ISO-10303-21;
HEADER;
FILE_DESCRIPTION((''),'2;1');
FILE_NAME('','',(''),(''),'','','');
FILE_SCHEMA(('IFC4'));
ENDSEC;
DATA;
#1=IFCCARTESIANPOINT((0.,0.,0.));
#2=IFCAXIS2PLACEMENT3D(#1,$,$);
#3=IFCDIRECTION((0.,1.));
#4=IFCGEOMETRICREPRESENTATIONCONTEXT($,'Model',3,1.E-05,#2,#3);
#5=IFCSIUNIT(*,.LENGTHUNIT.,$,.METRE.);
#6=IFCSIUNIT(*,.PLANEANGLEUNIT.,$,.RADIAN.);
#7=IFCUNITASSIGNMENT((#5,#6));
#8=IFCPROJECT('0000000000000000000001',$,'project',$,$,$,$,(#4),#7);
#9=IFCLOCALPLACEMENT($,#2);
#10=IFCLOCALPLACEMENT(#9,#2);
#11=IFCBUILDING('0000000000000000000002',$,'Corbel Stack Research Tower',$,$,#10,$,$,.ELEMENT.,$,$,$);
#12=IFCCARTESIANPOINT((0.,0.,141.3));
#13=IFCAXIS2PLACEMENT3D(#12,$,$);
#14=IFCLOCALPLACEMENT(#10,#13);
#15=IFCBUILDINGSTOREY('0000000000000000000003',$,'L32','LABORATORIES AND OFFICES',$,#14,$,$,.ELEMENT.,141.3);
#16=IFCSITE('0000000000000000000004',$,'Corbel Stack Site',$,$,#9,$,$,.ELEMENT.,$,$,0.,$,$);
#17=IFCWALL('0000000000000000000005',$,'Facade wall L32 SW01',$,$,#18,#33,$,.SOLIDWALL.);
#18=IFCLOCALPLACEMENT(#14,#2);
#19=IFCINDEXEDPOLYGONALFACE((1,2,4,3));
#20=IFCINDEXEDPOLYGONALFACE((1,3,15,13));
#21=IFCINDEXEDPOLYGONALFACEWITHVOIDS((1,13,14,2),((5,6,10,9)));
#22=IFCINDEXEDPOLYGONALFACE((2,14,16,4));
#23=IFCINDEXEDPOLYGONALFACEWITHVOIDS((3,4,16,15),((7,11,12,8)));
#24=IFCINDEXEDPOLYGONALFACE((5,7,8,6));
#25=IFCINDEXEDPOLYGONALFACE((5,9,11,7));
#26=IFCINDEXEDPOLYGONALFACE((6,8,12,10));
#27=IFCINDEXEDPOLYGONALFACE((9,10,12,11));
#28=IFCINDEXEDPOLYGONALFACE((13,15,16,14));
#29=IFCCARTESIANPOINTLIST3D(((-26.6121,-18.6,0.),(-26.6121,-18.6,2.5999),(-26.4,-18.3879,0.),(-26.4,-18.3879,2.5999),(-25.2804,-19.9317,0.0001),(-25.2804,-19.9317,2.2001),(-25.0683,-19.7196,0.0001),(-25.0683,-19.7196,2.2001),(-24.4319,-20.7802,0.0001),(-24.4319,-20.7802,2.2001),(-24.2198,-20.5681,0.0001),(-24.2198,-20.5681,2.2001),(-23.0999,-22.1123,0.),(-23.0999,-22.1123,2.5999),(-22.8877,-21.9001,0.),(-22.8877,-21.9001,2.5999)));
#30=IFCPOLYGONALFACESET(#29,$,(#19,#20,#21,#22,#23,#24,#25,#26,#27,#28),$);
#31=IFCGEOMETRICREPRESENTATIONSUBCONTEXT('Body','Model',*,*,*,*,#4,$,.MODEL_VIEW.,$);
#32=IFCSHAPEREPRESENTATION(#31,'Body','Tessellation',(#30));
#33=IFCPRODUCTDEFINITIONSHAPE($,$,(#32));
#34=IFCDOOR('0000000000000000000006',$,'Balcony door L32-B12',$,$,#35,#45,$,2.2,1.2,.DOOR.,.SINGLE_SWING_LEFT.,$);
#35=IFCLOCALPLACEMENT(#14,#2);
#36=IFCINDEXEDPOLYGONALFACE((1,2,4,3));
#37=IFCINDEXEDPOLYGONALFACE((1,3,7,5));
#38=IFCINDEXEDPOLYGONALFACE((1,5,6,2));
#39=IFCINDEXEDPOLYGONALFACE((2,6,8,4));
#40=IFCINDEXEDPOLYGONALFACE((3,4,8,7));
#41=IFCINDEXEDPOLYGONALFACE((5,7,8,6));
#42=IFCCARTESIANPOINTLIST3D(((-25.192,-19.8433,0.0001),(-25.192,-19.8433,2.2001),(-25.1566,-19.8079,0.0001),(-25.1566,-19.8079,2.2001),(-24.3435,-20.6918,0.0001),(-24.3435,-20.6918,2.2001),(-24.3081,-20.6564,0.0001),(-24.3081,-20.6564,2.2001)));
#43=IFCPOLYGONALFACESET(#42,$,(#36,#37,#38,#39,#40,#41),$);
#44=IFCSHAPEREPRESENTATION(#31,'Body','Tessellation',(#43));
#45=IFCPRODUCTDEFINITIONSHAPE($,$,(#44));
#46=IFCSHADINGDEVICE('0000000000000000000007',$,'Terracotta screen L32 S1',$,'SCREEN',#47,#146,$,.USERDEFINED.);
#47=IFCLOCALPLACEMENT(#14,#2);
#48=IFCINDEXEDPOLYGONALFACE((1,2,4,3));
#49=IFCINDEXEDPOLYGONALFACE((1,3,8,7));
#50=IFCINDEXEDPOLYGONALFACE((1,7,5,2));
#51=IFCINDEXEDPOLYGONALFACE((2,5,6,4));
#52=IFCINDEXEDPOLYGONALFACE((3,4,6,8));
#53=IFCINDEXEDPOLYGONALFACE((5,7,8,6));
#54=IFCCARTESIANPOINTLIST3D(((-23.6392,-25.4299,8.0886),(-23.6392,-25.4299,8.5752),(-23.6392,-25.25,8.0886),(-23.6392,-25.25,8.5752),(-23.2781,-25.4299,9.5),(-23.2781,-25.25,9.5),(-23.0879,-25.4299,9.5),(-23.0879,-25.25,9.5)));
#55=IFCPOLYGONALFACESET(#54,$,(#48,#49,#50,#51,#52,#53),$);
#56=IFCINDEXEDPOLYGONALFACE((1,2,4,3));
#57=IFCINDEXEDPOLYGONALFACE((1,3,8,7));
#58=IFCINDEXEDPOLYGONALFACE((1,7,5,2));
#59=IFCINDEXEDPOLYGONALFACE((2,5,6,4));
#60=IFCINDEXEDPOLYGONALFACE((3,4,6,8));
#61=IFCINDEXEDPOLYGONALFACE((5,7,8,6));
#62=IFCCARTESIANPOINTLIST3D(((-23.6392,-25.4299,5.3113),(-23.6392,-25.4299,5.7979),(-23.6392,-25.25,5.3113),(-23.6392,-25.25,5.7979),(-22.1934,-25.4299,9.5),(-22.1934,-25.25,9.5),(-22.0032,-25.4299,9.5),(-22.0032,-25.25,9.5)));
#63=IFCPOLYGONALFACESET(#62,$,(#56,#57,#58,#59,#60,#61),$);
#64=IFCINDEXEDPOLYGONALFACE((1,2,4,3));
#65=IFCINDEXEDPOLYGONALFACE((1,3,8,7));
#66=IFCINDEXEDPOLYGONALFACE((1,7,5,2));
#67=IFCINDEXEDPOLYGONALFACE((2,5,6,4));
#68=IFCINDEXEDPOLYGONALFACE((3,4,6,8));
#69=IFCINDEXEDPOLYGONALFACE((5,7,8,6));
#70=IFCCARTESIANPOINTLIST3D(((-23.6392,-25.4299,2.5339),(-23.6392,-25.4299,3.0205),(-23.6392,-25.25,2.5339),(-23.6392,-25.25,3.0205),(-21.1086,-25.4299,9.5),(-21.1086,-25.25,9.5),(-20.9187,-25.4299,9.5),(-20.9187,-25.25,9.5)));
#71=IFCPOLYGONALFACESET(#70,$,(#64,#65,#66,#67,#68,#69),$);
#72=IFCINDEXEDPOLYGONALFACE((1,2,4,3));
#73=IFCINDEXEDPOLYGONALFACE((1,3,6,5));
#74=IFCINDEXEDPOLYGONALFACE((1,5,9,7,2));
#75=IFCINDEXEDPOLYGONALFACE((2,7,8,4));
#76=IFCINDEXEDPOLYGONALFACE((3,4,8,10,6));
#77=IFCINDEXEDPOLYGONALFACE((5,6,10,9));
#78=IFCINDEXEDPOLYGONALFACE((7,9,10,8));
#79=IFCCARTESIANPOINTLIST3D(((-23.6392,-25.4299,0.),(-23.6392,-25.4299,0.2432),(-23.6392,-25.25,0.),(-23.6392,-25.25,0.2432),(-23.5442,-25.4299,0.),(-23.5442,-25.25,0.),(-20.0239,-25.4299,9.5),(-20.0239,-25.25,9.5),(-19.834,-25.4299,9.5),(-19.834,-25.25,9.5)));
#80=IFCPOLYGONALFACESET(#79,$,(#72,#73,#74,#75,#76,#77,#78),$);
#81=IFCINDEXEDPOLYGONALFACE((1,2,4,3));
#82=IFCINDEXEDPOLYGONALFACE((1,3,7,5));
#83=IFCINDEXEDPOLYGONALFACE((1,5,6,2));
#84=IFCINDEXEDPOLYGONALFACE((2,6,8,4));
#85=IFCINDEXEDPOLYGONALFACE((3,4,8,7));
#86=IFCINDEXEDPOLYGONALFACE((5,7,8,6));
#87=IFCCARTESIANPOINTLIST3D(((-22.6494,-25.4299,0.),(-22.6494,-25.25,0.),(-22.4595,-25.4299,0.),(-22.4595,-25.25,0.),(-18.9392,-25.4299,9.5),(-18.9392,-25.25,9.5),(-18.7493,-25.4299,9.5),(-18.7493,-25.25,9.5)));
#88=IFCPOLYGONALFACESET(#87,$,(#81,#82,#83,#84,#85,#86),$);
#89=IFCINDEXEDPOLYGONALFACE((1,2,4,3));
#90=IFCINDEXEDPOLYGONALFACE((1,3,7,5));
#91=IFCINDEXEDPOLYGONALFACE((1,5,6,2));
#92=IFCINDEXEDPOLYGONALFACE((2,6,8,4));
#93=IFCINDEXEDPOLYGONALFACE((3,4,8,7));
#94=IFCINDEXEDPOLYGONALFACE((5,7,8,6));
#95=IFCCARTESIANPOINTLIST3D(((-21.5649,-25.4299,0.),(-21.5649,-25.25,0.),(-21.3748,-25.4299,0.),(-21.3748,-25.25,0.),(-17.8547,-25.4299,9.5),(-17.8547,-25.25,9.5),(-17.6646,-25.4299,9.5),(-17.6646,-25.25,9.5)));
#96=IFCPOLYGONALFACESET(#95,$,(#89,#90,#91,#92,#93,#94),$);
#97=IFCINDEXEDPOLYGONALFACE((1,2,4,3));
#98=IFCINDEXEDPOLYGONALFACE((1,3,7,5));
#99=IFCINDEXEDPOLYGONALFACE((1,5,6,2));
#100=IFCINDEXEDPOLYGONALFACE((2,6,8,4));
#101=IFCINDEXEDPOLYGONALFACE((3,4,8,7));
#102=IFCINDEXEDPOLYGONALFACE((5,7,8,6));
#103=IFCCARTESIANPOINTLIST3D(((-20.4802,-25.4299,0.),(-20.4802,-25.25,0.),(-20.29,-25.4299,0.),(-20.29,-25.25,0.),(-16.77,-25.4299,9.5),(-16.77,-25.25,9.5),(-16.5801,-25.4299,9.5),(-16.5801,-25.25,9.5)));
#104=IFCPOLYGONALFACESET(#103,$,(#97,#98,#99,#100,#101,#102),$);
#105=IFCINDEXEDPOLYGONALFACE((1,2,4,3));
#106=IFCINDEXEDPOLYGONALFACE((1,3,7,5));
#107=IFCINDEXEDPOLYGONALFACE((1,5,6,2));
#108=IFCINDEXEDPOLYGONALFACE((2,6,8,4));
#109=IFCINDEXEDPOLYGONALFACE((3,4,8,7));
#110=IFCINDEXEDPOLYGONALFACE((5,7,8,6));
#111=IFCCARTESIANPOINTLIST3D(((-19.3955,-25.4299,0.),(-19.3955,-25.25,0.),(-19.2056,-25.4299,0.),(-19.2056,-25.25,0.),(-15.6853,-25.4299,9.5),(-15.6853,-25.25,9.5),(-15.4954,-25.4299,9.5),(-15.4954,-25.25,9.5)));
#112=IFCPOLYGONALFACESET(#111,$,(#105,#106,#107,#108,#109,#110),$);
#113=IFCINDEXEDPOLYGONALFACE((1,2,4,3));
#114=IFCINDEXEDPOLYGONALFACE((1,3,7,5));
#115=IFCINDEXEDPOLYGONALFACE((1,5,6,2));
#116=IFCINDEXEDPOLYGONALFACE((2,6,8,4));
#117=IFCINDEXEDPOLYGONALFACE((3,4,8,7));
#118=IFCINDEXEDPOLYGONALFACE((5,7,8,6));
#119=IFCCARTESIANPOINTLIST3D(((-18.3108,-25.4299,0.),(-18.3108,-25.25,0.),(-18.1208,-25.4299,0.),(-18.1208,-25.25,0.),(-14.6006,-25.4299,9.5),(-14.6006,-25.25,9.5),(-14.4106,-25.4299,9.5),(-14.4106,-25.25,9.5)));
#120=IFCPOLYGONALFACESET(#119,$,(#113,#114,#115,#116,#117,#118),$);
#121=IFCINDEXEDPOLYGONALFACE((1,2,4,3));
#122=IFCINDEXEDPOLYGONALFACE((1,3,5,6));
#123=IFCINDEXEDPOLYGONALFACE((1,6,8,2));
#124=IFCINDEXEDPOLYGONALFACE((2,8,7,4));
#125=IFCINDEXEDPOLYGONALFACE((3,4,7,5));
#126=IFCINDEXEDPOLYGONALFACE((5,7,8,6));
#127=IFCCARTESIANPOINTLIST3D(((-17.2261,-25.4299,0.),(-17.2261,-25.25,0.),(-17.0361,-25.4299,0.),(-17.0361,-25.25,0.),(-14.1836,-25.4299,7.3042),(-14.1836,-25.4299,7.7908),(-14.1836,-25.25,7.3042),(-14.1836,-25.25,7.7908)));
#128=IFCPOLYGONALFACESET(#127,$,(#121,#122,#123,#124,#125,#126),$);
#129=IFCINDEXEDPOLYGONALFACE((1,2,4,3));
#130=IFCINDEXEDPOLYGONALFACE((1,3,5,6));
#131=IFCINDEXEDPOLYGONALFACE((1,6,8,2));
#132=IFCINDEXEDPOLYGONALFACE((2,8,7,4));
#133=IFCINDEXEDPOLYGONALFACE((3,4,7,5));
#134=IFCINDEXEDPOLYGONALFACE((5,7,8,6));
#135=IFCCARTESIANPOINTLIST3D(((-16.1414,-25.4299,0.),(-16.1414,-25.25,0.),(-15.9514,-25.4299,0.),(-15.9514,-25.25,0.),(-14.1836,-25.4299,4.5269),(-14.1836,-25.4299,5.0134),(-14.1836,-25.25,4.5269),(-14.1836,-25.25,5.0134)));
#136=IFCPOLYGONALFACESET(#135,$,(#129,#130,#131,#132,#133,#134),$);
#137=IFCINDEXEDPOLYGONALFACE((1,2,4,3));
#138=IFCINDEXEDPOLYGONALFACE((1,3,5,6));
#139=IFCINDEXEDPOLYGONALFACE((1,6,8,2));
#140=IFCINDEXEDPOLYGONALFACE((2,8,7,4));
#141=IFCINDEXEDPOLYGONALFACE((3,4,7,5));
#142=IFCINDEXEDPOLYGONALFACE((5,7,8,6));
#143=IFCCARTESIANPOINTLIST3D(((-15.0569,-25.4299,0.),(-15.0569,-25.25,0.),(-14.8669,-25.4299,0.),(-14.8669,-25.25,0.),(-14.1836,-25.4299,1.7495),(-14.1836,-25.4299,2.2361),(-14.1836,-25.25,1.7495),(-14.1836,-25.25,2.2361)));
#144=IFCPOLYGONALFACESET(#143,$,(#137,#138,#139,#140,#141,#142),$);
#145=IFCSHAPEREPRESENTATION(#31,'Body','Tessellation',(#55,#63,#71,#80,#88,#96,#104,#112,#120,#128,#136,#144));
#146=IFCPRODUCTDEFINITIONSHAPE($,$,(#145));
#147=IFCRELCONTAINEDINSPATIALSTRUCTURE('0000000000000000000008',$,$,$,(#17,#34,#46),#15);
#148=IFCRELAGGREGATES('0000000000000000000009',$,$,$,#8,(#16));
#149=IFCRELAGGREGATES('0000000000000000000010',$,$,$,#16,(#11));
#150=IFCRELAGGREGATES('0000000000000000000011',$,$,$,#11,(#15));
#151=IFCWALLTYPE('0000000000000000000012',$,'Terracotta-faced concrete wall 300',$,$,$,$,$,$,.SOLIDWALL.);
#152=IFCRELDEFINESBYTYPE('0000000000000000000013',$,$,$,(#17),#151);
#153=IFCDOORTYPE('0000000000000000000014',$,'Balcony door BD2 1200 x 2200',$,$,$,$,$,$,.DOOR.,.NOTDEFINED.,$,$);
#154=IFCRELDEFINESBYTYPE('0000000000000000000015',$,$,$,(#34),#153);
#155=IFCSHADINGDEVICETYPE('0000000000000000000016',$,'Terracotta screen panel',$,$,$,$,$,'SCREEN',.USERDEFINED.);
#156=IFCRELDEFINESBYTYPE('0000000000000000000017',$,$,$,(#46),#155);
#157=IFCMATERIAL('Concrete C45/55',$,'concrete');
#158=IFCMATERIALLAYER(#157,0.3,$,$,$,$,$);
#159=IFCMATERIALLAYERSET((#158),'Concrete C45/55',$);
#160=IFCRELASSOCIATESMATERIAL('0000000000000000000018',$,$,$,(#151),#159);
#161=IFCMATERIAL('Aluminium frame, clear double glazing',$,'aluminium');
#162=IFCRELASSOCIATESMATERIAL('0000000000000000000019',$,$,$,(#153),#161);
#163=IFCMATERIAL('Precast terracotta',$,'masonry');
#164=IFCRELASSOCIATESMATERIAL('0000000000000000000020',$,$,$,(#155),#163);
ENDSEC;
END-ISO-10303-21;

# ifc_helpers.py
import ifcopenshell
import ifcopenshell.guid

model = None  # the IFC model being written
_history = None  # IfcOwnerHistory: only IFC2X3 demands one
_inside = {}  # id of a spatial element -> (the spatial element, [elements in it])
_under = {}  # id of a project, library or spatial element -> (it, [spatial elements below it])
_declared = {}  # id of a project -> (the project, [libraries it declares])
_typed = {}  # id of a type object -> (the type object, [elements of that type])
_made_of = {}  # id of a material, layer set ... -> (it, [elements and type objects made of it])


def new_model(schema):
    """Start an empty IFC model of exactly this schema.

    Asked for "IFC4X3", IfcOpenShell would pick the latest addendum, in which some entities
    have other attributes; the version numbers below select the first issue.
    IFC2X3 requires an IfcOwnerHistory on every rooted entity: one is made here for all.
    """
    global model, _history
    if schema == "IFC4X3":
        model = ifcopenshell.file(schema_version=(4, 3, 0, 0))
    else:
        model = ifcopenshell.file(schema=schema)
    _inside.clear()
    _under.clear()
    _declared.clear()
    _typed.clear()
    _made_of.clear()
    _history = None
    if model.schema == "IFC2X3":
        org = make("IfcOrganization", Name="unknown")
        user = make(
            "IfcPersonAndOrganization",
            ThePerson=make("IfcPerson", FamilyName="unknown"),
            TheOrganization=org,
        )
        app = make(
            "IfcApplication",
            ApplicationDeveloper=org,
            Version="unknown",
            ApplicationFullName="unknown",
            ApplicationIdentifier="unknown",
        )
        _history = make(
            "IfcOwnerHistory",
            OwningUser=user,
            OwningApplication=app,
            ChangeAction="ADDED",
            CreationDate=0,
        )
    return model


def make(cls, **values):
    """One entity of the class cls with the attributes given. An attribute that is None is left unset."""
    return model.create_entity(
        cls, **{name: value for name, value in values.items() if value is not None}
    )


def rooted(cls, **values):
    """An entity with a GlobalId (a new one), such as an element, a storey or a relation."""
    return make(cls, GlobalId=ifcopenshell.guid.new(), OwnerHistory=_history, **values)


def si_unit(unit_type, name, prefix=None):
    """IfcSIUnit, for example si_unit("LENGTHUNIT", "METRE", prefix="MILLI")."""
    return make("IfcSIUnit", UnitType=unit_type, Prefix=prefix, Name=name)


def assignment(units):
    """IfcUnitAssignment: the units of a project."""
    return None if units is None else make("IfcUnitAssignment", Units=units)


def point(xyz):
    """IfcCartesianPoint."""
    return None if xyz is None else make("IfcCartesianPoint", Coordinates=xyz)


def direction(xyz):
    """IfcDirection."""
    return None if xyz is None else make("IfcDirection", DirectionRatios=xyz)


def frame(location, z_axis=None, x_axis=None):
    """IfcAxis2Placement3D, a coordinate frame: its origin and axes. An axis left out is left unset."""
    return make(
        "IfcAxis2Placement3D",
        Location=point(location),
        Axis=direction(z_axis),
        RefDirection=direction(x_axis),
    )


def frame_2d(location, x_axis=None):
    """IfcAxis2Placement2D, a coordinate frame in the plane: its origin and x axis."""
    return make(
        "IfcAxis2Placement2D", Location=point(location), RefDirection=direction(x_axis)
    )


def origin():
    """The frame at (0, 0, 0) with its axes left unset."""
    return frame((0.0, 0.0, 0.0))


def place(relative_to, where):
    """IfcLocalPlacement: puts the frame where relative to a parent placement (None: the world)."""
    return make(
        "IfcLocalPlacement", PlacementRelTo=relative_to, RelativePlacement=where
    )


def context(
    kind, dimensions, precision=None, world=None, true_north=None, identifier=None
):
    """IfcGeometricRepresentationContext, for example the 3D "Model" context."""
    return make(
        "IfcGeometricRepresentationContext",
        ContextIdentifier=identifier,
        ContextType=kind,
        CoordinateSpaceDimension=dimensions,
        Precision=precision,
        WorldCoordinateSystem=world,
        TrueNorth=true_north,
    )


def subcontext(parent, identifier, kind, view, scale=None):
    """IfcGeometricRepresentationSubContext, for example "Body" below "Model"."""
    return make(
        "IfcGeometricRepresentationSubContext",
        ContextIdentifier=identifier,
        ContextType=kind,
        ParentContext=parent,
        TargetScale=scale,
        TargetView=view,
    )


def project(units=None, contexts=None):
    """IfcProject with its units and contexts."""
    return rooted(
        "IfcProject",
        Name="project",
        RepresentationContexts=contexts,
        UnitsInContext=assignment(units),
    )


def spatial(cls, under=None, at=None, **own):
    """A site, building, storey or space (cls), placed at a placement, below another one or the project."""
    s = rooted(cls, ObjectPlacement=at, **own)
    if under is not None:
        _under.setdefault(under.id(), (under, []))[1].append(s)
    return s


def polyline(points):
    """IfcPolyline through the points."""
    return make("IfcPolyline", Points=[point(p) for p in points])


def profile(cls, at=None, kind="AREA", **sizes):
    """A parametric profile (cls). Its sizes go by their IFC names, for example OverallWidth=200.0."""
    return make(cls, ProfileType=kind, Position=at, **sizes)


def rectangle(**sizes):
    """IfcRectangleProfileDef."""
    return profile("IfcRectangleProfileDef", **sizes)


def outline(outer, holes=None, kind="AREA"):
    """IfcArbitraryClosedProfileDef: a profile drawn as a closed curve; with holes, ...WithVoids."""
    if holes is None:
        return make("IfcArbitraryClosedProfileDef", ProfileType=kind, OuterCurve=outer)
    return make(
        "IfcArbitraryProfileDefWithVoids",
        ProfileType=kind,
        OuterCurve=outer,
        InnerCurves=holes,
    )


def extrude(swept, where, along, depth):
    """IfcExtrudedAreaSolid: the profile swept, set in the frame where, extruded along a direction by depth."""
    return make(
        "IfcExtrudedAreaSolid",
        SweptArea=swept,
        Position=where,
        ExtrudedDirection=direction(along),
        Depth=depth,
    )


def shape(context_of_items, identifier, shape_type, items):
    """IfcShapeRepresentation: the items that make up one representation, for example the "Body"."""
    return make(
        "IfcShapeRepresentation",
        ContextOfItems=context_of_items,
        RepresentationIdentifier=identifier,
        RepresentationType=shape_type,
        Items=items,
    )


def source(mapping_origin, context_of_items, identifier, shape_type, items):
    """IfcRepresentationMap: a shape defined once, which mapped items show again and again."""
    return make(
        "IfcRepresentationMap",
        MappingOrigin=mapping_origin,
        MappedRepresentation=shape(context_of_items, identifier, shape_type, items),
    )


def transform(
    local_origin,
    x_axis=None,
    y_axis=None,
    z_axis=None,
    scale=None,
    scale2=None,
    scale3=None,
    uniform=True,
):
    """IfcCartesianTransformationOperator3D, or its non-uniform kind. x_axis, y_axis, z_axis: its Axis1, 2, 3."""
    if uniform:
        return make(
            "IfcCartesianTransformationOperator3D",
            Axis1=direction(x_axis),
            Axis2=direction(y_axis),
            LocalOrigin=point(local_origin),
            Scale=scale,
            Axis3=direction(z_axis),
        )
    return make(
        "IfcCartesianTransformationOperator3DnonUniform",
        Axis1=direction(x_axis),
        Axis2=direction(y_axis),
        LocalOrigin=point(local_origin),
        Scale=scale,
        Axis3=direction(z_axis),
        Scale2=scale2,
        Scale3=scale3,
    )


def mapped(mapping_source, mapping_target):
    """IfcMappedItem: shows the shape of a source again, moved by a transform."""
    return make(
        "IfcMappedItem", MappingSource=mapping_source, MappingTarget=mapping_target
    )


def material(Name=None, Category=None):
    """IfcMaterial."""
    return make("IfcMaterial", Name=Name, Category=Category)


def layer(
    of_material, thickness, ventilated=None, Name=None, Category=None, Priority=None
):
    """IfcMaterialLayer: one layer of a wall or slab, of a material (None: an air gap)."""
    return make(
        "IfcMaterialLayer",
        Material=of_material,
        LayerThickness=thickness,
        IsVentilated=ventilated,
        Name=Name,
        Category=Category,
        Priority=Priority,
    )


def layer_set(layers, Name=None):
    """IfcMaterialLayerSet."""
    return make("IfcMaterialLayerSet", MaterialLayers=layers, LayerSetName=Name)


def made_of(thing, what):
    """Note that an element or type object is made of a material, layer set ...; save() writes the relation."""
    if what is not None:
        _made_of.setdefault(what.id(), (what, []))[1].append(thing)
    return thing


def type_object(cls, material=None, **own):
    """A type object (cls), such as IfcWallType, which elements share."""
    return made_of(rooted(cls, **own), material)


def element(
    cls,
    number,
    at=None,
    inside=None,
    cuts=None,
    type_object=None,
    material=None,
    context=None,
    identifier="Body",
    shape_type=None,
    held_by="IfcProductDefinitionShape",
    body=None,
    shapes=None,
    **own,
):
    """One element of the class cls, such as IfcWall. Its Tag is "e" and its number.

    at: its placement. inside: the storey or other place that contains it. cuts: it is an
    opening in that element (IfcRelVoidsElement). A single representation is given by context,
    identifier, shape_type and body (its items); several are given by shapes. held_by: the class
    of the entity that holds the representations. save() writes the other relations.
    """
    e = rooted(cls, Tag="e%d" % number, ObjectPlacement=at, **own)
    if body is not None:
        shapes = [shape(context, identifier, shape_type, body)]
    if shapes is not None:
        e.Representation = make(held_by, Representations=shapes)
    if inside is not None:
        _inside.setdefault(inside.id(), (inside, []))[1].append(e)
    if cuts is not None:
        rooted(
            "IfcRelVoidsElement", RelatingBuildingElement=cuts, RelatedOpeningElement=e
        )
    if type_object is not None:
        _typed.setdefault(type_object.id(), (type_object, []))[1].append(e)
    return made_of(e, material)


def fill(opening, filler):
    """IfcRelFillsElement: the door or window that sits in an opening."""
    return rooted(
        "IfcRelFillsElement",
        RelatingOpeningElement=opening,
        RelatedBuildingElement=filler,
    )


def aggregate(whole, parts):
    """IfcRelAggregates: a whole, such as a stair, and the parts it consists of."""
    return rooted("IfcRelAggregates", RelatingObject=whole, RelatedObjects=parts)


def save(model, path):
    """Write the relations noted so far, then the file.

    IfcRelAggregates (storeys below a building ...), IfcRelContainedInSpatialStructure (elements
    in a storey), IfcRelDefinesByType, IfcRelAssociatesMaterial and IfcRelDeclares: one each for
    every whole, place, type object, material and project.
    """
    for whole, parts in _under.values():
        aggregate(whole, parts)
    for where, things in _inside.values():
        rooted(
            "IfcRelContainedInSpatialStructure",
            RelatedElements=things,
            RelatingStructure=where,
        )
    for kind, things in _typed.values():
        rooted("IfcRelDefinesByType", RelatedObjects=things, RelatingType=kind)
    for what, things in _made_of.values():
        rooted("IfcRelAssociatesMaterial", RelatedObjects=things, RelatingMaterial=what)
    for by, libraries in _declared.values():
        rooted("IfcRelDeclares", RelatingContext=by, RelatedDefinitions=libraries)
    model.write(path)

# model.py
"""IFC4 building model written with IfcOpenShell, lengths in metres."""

from ifc_helpers import new_model, si_unit, direction, frame, frame_2d, origin, place, context, subcontext, project, spatial, polyline, rectangle, outline, extrude, source, transform, mapped, material, layer, layer_set, type_object, element, fill, save


model = new_model("IFC4")

# Units and contexts
model_context = context("Model", 3, precision=1e-05, world=origin(), true_north=direction((0.0, 1.0)))
body_context = subcontext(model_context, "Body", "Model", "MODEL_VIEW")
ifc_project = project(units=[si_unit("LENGTHUNIT", "METRE"), si_unit("PLANEANGLEUNIT", "RADIAN")], contexts=[model_context])

# Site, building, storey
site_placement = place(None, origin())
site = spatial("IfcSite", under=ifc_project, at=site_placement, Name="Corbel Stack Site", CompositionType="ELEMENT", RefElevation=0.0)
building_placement = place(site_placement, origin())
building = spatial("IfcBuilding", under=site, at=building_placement, Name="Corbel Stack Research Tower", CompositionType="ELEMENT")
storey_placement = place(building_placement, frame((0.0, 0.0, 141.3)))
storey = spatial("IfcBuildingStorey", under=building, at=storey_placement, Name="L32", Description="LABORATORIES AND OFFICES", CompositionType="ELEMENT", Elevation=141.3)

# Wall, opening, door
ifc_material_1 = material(Name="Concrete C45/55", Category="concrete")
ifc_layer_1 = layer(ifc_material_1, 0.3)
ifc_layer_set_1 = layer_set([ifc_layer_1], Name="Concrete C45/55")
wall_type_1 = type_object("IfcWallType", Name="Terracotta-faced concrete wall 300", PredefinedType="SOLIDWALL", material=ifc_layer_set_1)
wall_1_placement = place(storey_placement, frame((-22.9939, -22.0061, 0.0), z_axis=(0.0, 0.0, 1.0), x_axis=(-0.707107, 0.707107, 0.0)))
wall_1 = element("IfcWall", 1, at=wall_1_placement, inside=storey, type_object=wall_type_1, Name="Facade wall L32 SW01", PredefinedType="SOLIDWALL", context=body_context, shape_type="SweptSolid", body=[
    extrude(rectangle(XDim=4.967, YDim=0.3, at=frame_2d((2.4834, 0.0))), origin(), (0.0, 0.0, 1.0), 2.5999),
])
opening_1_placement = place(wall_1_placement, frame((1.8835, 0.0, 0.0)))
opening_1 = element("IfcOpeningElement", 2, at=opening_1_placement, cuts=wall_1, PredefinedType="OPENING", context=body_context, shape_type="SweptSolid", body=[
    extrude(rectangle(XDim=1.2, YDim=2.2, at=frame_2d((0.6001, 1.1001))), frame((0.0, 0.1599, 0.0), z_axis=(0.0, -1.0, 0.0), x_axis=(1.0, 0.0, 0.0)), (0.0, 0.0, 1.0), 0.3201),
])
ifc_material_2 = material(Name="Aluminium frame, clear double glazing", Category="aluminium")
door_type_1 = type_object("IfcDoorType", Name="Balcony door BD2 1200 x 2200", OperationType="NOTDEFINED", PredefinedType="DOOR", material=ifc_material_2)
door_1_placement = place(opening_1_placement, origin())
door_1 = element("IfcDoor", 3, at=door_1_placement, inside=storey, type_object=door_type_1, Name="Balcony door L32-B12", OperationType="SINGLE_SWING_LEFT", OverallHeight=2.2, OverallWidth=1.2, PredefinedType="DOOR", context=body_context, shape_type="SweptSolid", body=[
    extrude(rectangle(XDim=1.2, YDim=2.2, at=frame_2d((0.6001, 1.1001))), frame((0.0, 0.0249, 0.0), z_axis=(0.0, -1.0, 0.0), x_axis=(1.0, 0.0, 0.0)), (0.0, 0.0, 1.0), 0.05),
])
fill(opening_1, door_1)

# Shading device
ifc_material_3 = material(Name="Precast terracotta", Category="masonry")
shading_device_type = type_object("IfcShadingDeviceType", Name="Terracotta screen panel", ElementType="SCREEN", PredefinedType="USERDEFINED", material=ifc_material_3)
shared_shape_1 = source(origin(), body_context, "Body", "SweptSolid", [
    extrude(outline(polyline([(0.5513, 9.5), (0.3611, 9.5), (0.0, 8.5752), (0.0, 8.0886), (0.5513, 9.5)])), frame((0.0, 0.0, 0.0), z_axis=(0.0, -1.0, 0.0), x_axis=(1.0, 0.0, 0.0)), (0.0, 0.0, 1.0), 0.1799),
    extrude(outline(polyline([(1.636, 9.5), (1.4458, 9.5), (0.0, 5.7979), (0.0, 5.3113), (1.636, 9.5)])), frame((0.0, 0.0, 0.0), z_axis=(0.0, -1.0, 0.0), x_axis=(1.0, 0.0, 0.0)), (0.0, 0.0, 1.0), 0.1799),
    extrude(outline(polyline([(2.7205, 9.5), (2.5305, 9.5), (0.0, 3.0205), (0.0, 2.5339), (2.7205, 9.5)])), frame((0.0, 0.0, 0.0), z_axis=(0.0, -1.0, 0.0), x_axis=(1.0, 0.0, 0.0)), (0.0, 0.0, 1.0), 0.1799),
    extrude(outline(polyline([(0.095, 0.0), (3.8052, 9.5), (3.6152, 9.5), (0.0, 0.2432), (0.0, 0.0), (0.095, 0.0)])), frame((0.0, 0.0, 0.0), z_axis=(0.0, -1.0, 0.0), x_axis=(1.0, 0.0, 0.0)), (0.0, 0.0, 1.0), 0.1799),
    extrude(outline(polyline([(1.1797, 0.0), (4.8899, 9.5), (4.7, 9.5), (0.9897, 0.0), (1.1797, 0.0)])), frame((0.0, 0.0, 0.0), z_axis=(0.0, -1.0, 0.0), x_axis=(1.0, 0.0, 0.0)), (0.0, 0.0, 1.0), 0.1799),
    extrude(outline(polyline([(2.2644, 0.0), (5.9746, 9.5), (5.7844, 9.5), (2.0742, 0.0), (2.2644, 0.0)])), frame((0.0, 0.0, 0.0), z_axis=(0.0, -1.0, 0.0), x_axis=(1.0, 0.0, 0.0)), (0.0, 0.0, 1.0), 0.1799),
    extrude(outline(polyline([(3.3491, 0.0), (7.0591, 9.5), (6.8691, 9.5), (3.1589, 0.0), (3.3491, 0.0)])), frame((0.0, 0.0, 0.0), z_axis=(0.0, -1.0, 0.0), x_axis=(1.0, 0.0, 0.0)), (0.0, 0.0, 1.0), 0.1799),
    extrude(outline(polyline([(4.4336, 0.0), (8.1438, 9.5), (7.9539, 9.5), (4.2437, 0.0), (4.4336, 0.0)])), frame((0.0, 0.0, 0.0), z_axis=(0.0, -1.0, 0.0), x_axis=(1.0, 0.0, 0.0)), (0.0, 0.0, 1.0), 0.1799),
    extrude(outline(polyline([(5.5183, 0.0), (9.2285, 9.5), (9.0386, 9.5), (5.3284, 0.0), (5.5183, 0.0)])), frame((0.0, 0.0, 0.0), z_axis=(0.0, -1.0, 0.0), x_axis=(1.0, 0.0, 0.0)), (0.0, 0.0, 1.0), 0.1799),
    extrude(outline(polyline([(6.603, 0.0), (9.4556, 7.3042), (9.4556, 7.7908), (6.4131, 0.0), (6.603, 0.0)])), frame((0.0, 0.0, 0.0), z_axis=(0.0, -1.0, 0.0), x_axis=(1.0, 0.0, 0.0)), (0.0, 0.0, 1.0), 0.1799),
    extrude(outline(polyline([(7.6877, 0.0), (9.4556, 4.5269), (9.4556, 5.0134), (7.4978, 0.0), (7.6877, 0.0)])), frame((0.0, 0.0, 0.0), z_axis=(0.0, -1.0, 0.0), x_axis=(1.0, 0.0, 0.0)), (0.0, 0.0, 1.0), 0.1799),
    extrude(outline(polyline([(8.7722, 0.0), (9.4556, 1.7495), (9.4556, 2.2361), (8.5823, 0.0), (8.7722, 0.0)])), frame((0.0, 0.0, 0.0), z_axis=(0.0, -1.0, 0.0), x_axis=(1.0, 0.0, 0.0)), (0.0, 0.0, 1.0), 0.1799),
])
shading_device_1_placement = place(storey_placement, frame((-23.6392, -25.25, 0.0), z_axis=(0.0, 0.0, 1.0), x_axis=(1.0, 0.0, 0.0)))
element("IfcShadingDevice", 4, at=shading_device_1_placement, inside=storey, type_object=shading_device_type, Name="Terracotta screen L32 S1", ObjectType="SCREEN", PredefinedType="USERDEFINED", context=body_context, shape_type="MappedRepresentation", body=[
    mapped(shared_shape_1, transform((0.0, 0.0, 0.0))),
])

save(model, "model.ifc")
